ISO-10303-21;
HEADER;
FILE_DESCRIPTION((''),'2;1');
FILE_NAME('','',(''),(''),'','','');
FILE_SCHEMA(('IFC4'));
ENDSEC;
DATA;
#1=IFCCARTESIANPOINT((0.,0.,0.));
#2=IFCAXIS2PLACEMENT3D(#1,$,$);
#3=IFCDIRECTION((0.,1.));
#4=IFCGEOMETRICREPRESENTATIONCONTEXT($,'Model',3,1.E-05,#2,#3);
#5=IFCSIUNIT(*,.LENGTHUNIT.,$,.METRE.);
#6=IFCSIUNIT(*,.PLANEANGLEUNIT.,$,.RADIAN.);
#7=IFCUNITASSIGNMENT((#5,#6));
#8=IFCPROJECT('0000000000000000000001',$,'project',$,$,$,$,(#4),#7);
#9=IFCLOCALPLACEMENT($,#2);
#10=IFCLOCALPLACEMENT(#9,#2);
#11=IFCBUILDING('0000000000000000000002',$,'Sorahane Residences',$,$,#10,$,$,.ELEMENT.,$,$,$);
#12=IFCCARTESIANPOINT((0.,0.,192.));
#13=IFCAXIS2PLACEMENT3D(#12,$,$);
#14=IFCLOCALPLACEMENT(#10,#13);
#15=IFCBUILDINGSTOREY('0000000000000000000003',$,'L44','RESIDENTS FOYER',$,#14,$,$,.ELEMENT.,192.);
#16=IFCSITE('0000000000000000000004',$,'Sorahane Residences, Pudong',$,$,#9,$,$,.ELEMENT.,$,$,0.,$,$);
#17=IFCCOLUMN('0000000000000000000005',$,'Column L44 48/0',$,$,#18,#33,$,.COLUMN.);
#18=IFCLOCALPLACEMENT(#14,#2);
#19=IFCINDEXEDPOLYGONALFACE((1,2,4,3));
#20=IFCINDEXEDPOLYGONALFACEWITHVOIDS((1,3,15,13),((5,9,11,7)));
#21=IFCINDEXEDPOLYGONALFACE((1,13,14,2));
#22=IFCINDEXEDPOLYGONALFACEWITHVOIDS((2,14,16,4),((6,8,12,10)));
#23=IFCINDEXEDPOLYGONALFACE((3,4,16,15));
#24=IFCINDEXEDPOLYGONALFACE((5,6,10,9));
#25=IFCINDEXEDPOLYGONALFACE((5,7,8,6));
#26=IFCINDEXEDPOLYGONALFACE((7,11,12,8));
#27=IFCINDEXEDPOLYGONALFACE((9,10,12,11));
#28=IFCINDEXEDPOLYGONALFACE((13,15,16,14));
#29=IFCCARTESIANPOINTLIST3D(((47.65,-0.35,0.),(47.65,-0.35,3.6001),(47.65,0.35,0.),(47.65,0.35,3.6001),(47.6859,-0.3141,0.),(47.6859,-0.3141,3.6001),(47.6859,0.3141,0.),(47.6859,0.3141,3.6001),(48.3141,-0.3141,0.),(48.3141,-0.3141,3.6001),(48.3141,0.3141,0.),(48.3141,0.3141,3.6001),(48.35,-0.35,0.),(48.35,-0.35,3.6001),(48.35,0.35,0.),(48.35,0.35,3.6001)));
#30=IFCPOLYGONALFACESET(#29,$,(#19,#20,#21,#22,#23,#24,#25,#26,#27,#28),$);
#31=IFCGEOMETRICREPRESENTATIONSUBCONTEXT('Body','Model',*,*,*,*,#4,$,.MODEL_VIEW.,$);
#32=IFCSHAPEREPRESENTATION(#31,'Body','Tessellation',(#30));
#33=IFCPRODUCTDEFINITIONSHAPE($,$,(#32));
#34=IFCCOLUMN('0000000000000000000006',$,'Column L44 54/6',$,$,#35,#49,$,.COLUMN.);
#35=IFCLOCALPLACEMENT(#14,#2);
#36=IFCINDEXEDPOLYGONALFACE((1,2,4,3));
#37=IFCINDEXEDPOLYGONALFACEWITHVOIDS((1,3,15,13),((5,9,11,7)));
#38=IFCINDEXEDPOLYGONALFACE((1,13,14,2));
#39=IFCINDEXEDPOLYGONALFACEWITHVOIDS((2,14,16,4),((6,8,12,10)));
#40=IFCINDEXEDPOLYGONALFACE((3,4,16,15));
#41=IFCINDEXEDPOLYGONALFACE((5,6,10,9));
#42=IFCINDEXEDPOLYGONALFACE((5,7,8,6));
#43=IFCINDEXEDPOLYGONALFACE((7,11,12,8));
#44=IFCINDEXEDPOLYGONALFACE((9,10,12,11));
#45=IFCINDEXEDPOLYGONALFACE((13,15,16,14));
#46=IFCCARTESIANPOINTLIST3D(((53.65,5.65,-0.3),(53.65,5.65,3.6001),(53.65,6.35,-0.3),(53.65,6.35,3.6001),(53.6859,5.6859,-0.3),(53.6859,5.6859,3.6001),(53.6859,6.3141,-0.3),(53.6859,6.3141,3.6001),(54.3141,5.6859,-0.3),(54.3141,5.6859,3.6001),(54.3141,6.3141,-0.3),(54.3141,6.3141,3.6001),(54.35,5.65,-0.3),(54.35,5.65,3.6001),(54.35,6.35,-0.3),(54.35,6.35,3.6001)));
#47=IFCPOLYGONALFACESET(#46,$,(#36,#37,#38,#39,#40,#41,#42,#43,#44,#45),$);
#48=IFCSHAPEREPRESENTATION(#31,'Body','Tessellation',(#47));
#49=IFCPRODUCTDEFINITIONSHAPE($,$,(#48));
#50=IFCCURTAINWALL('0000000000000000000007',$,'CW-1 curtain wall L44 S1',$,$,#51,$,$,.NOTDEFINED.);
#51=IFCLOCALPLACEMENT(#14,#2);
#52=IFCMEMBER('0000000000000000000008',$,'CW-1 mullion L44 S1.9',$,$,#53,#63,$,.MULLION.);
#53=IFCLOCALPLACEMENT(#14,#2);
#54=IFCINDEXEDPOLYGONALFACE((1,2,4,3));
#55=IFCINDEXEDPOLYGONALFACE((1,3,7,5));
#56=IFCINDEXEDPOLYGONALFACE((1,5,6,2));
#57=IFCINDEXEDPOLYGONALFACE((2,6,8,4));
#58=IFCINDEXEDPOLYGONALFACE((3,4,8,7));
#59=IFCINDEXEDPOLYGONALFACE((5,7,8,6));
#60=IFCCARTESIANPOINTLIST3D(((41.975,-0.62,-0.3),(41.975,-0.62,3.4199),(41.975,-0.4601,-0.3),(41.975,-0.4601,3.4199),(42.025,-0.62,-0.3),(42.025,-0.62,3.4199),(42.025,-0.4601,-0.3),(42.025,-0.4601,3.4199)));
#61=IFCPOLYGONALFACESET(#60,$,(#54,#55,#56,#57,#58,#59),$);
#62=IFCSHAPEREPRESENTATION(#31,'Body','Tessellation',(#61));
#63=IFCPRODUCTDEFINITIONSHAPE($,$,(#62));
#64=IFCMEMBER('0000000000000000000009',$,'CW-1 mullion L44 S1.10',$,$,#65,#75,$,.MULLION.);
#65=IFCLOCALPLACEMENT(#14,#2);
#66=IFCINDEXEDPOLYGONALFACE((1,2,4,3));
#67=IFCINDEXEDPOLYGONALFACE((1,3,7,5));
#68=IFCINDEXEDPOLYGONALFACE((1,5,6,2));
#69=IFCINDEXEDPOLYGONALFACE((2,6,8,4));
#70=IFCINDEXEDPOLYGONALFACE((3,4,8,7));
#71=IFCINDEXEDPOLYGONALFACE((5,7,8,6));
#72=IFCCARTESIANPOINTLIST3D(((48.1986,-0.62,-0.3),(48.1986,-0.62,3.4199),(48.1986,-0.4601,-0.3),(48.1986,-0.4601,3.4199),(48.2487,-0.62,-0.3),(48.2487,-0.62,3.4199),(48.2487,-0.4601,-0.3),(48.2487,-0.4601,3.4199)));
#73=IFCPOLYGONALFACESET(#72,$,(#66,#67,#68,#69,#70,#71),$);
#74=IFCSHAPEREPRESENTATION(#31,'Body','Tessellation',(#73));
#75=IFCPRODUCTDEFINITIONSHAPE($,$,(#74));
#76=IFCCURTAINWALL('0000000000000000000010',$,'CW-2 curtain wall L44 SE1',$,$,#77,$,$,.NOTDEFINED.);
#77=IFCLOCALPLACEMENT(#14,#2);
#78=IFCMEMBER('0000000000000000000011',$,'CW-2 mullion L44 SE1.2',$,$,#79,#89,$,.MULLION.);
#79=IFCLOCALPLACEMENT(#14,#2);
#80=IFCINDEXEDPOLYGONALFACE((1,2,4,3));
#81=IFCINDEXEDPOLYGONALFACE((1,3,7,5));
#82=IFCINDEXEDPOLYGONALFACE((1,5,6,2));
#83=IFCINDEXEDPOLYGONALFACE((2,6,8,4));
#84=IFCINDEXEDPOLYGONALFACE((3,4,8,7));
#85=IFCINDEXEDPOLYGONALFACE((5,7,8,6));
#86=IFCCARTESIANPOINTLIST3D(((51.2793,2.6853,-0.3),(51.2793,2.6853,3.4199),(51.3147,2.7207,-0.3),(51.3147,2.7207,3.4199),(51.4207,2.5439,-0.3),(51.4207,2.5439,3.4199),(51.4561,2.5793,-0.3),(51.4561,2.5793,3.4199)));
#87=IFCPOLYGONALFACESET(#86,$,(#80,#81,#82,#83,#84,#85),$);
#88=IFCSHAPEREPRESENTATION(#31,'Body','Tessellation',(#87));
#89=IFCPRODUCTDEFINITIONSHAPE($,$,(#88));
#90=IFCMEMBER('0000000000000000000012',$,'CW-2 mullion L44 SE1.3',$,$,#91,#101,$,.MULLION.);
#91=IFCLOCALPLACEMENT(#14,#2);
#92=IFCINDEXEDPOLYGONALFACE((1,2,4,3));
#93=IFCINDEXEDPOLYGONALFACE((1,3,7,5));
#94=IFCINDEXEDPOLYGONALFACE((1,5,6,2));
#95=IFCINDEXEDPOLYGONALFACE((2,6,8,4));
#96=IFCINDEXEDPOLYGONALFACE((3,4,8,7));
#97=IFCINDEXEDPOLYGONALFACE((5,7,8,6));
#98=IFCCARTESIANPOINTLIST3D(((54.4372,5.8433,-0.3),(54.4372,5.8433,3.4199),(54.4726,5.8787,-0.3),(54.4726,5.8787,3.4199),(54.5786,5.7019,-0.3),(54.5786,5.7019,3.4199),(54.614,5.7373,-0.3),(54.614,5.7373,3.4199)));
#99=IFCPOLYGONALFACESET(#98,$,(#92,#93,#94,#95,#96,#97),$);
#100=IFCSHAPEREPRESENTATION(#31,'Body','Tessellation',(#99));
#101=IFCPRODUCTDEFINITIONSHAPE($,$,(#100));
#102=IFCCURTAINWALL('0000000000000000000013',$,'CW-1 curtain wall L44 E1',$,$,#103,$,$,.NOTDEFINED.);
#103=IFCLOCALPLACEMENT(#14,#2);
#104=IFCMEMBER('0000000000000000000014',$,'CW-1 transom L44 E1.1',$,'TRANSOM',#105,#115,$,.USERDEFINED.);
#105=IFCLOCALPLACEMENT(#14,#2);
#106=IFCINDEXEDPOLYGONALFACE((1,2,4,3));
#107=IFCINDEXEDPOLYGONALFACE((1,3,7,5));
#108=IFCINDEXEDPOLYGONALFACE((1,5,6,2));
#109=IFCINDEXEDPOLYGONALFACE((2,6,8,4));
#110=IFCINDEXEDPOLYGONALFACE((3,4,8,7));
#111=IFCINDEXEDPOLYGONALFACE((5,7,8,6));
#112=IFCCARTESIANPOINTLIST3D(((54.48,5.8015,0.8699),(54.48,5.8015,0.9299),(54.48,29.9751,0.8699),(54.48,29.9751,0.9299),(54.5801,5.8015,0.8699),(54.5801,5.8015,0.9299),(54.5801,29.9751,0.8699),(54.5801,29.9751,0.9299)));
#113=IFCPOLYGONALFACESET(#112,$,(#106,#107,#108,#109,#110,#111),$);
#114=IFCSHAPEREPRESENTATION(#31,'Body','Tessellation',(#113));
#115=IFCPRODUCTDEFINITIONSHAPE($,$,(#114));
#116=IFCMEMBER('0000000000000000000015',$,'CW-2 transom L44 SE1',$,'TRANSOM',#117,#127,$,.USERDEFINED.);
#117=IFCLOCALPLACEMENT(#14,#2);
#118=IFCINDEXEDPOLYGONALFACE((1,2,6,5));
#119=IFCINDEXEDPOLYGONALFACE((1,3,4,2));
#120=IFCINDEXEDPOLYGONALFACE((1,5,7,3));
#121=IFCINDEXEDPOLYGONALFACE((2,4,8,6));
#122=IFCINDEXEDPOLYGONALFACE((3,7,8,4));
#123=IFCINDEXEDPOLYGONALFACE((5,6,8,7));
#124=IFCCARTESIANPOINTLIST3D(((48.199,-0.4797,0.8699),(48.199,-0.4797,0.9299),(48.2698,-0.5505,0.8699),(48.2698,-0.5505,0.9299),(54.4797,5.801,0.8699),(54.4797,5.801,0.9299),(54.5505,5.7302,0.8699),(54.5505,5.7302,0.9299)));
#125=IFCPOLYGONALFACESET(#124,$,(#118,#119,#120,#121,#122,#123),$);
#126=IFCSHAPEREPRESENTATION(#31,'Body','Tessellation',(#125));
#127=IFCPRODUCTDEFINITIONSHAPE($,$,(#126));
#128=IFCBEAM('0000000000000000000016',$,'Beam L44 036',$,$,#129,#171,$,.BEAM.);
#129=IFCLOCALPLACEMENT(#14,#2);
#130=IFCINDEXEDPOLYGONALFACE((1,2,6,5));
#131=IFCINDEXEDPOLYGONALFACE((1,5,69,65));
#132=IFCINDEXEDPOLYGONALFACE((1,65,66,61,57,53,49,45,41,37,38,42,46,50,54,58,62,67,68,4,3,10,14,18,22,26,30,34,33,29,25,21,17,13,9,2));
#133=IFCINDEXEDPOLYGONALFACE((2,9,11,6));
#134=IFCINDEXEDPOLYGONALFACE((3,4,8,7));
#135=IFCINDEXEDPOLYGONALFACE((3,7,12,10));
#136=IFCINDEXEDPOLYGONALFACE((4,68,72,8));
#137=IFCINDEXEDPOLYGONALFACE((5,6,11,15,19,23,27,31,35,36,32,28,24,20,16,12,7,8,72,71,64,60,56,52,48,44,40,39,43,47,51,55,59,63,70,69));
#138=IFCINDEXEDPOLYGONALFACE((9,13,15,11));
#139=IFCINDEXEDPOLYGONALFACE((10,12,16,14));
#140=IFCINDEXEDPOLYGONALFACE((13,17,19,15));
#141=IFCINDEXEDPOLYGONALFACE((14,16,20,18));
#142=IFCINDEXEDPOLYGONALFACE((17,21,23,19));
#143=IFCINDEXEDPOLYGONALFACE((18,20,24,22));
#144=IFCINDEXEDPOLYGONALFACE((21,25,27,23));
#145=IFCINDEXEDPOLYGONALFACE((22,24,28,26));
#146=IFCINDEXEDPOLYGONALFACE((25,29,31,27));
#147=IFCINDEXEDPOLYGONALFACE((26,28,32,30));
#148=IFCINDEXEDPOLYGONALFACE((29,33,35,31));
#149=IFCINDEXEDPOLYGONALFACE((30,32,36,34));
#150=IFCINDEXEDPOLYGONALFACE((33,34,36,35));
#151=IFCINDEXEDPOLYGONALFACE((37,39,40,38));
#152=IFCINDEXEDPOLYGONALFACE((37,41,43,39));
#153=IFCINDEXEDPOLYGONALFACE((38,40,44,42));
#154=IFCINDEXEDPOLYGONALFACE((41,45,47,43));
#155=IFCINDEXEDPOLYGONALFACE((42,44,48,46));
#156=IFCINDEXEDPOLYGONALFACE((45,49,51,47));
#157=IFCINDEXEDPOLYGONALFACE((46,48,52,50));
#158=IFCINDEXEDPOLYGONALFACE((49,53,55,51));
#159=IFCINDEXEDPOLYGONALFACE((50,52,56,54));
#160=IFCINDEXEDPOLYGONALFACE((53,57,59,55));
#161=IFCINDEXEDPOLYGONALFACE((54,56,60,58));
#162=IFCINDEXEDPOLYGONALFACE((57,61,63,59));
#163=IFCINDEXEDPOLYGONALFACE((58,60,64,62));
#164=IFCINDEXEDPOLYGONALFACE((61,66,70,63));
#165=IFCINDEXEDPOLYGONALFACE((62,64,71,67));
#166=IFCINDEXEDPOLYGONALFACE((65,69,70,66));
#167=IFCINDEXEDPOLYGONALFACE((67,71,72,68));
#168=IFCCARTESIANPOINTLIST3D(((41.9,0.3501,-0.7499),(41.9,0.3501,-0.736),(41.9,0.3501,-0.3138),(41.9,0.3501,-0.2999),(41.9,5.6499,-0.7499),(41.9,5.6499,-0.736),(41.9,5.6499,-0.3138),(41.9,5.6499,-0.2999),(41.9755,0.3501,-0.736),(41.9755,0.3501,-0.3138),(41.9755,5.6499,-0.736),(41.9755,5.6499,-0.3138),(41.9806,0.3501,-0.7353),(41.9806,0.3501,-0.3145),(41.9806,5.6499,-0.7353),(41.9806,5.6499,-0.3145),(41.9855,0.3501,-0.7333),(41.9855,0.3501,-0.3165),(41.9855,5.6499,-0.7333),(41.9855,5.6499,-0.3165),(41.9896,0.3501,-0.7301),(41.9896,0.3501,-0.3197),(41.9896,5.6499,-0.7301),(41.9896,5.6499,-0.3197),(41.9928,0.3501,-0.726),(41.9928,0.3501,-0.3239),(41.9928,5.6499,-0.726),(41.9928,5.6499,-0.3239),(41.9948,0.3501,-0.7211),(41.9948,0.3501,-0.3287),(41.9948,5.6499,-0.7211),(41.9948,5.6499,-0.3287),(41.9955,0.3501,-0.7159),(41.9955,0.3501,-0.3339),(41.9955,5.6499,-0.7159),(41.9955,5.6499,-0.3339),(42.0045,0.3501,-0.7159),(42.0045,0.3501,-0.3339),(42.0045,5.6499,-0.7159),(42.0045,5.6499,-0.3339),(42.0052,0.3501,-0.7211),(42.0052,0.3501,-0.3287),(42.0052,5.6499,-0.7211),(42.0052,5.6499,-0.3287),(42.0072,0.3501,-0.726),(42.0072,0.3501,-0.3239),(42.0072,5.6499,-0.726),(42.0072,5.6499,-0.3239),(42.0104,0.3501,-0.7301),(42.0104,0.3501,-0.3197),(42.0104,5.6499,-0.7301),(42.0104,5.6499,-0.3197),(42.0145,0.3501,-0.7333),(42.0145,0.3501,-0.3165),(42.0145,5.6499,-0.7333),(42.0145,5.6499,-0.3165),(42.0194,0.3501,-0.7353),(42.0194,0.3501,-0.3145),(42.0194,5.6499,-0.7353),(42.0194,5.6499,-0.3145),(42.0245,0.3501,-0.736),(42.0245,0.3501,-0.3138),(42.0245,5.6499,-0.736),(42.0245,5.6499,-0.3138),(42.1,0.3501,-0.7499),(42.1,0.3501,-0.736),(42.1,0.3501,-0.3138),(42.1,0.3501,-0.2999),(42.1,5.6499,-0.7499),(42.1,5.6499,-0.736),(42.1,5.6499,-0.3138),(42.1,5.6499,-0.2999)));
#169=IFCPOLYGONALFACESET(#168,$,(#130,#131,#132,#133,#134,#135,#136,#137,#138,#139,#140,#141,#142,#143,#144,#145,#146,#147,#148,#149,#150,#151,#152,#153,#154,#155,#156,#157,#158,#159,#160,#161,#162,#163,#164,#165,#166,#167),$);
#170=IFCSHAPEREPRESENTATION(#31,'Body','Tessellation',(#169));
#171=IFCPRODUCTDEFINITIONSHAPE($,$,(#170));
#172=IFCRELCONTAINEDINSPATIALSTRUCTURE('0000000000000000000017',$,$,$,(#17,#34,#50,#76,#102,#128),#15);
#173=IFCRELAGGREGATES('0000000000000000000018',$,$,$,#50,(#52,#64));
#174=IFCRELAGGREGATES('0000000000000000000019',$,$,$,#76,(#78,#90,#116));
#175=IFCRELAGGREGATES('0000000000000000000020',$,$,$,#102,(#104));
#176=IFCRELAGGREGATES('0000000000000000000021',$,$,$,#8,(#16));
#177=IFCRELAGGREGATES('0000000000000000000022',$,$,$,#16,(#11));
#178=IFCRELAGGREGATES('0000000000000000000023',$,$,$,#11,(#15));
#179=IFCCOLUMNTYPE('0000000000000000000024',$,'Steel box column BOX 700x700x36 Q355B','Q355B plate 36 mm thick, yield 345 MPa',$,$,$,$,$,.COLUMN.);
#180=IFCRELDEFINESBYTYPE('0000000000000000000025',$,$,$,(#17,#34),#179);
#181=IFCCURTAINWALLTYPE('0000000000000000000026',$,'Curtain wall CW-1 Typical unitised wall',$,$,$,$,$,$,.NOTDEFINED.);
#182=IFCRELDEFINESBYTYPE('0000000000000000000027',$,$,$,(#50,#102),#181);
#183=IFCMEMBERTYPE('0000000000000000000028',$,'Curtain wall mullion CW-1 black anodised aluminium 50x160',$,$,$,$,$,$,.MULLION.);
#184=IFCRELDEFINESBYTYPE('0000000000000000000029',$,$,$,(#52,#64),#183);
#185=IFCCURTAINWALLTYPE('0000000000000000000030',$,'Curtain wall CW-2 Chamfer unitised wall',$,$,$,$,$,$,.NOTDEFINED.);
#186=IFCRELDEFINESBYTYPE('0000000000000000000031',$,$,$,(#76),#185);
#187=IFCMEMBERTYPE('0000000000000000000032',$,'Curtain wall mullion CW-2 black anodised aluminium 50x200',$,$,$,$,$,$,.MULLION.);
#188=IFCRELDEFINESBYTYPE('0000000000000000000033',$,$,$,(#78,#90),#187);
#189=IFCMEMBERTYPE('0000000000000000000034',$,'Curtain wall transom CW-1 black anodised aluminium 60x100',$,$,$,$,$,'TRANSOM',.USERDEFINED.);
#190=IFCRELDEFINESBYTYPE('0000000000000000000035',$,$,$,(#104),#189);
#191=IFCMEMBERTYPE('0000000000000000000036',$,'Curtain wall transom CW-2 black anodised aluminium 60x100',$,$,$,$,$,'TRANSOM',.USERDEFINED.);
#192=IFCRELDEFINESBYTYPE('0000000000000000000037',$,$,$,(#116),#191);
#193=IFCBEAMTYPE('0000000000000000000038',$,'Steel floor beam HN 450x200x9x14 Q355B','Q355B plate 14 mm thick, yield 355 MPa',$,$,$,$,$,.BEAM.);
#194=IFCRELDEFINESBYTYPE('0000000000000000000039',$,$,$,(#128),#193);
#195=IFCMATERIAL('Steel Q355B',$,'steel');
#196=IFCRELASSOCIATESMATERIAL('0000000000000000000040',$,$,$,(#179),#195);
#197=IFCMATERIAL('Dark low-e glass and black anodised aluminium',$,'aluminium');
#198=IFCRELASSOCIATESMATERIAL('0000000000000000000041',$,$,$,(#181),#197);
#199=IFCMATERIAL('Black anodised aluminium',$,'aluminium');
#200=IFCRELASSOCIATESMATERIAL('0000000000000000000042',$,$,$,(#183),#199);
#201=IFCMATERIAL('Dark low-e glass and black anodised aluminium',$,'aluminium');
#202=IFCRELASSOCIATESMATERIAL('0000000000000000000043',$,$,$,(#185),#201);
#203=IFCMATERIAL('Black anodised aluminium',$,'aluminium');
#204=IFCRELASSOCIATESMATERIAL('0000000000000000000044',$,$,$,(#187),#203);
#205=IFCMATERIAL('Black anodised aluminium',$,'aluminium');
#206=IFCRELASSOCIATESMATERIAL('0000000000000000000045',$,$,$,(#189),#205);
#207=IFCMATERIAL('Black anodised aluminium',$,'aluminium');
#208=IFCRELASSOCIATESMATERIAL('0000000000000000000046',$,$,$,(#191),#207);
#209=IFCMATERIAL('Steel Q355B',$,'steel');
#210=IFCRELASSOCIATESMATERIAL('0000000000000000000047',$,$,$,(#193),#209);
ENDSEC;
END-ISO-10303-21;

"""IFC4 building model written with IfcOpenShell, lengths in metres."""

from ifc_helpers import new_model, si_unit, direction, frame, origin, origin_2d, place, context, subcontext, project, spatial, rectangle, hollow_rectangle, i_section, extrude, material, material_profile, profile_set, type_object, element, aggregate, save


model = new_model("IFC4")

# Units and contexts
model_context = context("Model", 3, precision=1e-05, world=origin(), true_north=direction((0.0, 1.0)))
body_context = subcontext(model_context, "Body", "Model", "MODEL_VIEW")
ifc_project = project(units=[si_unit("LENGTHUNIT", "METRE"), si_unit("PLANEANGLEUNIT", "RADIAN")], contexts=[model_context])

# Site, building, storey
site_placement = place(None, origin())
site = spatial("IfcSite", under=ifc_project, at=site_placement, Name="Sorahane Residences, Pudong", CompositionType="ELEMENT", RefElevation=0.0)
building_placement = place(site_placement, origin())
building = spatial("IfcBuilding", under=site, at=building_placement, Name="Sorahane Residences", CompositionType="ELEMENT")
storey_placement = place(building_placement, frame((0.0, 0.0, 192.0)))
storey = spatial("IfcBuildingStorey", under=building, at=storey_placement, Name="L44", Description="RESIDENTS FOYER", CompositionType="ELEMENT", Elevation=192.0)

# Columns
ifc_material_1 = material(Name="Steel Q355B", Category="steel")
ifc_material_profile_1 = material_profile(ifc_material_1, hollow_rectangle(XDim=0.7, YDim=0.7, WallThickness=0.0359, at=origin_2d()), Name="BOX 700x700x36")
ifc_profile_set_1 = profile_set([ifc_material_profile_1], Name="Steel Q355B")
column_type = type_object("IfcColumnType", Name="Steel box column BOX 700x700x36 Q355B", Description="Q355B plate 36 mm thick, yield 345 MPa", PredefinedType="COLUMN", material=ifc_profile_set_1)
column_1_placement = place(storey_placement, frame((48.0, 0.0, 0.0), z_axis=(0.0, 0.0, 1.0), x_axis=(1.0, 0.0, 0.0)))
element("IfcColumn", 1, at=column_1_placement, inside=storey, type_object=column_type, Name="Column L44 48/0", PredefinedType="COLUMN", context=body_context, shape_type="SweptSolid", body=[
    extrude(hollow_rectangle(XDim=0.7, YDim=0.7, WallThickness=0.0359, at=origin_2d()), origin(), (0.0, 0.0, 1.0), 3.6001),
])
column_2_placement = place(storey_placement, frame((54.0, 6.0, -0.3), z_axis=(0.0, 0.0, 1.0), x_axis=(1.0, 0.0, 0.0)))
element("IfcColumn", 2, at=column_2_placement, inside=storey, type_object=column_type, Name="Column L44 54/6", PredefinedType="COLUMN", context=body_context, shape_type="SweptSolid", body=[
    extrude(hollow_rectangle(XDim=0.7, YDim=0.7, WallThickness=0.0359, at=origin_2d()), origin(), (0.0, 0.0, 1.0), 3.9001),
])

# Curtain walls, members
ifc_material_2 = material(Name="Dark low-e glass and black anodised aluminium", Category="aluminium")
curtain_wall_type_1 = type_object("IfcCurtainWallType", Name="Curtain wall CW-1 Typical unitised wall", PredefinedType="NOTDEFINED", material=ifc_material_2)
curtain_wall_1_placement = place(storey_placement, origin())
curtain_wall_1 = element("IfcCurtainWall", 3, at=curtain_wall_1_placement, inside=storey, type_object=curtain_wall_type_1, Name="CW-1 curtain wall L44 S1", PredefinedType="NOTDEFINED")
ifc_material_3 = material(Name="Black anodised aluminium", Category="aluminium")
ifc_material_profile_2 = material_profile(ifc_material_3, rectangle(XDim=0.1599, YDim=0.05, at=origin_2d()), Name="Curtain wall mullion CW-1 black anodised aluminium 50x160")
ifc_profile_set_2 = profile_set([ifc_material_profile_2], Name="Black anodised aluminium")
member_type_1 = type_object("IfcMemberType", Name="Curtain wall mullion CW-1 black anodised aluminium 50x160", PredefinedType="MULLION", material=ifc_profile_set_2)
member_1_placement = place(storey_placement, frame((42.0, -0.54, -0.3), z_axis=(0.0, 0.0, 1.0), x_axis=(0.0, -1.0, 0.0)))
member_1 = element("IfcMember", 4, at=member_1_placement, type_object=member_type_1, Name="CW-1 mullion L44 S1.9", PredefinedType="MULLION", context=body_context, shape_type="SweptSolid", body=[
    extrude(rectangle(XDim=0.1599, YDim=0.05, at=origin_2d()), origin(), (0.0, 0.0, 1.0), 3.72),
])
member_2_placement = place(storey_placement, frame((48.2236, -0.54, -0.3), z_axis=(0.0, 0.0, 1.0), x_axis=(0.0, -1.0, 0.0)))
member_2 = element("IfcMember", 5, at=member_2_placement, type_object=member_type_1, Name="CW-1 mullion L44 S1.10", PredefinedType="MULLION", context=body_context, shape_type="SweptSolid", body=[
    extrude(rectangle(XDim=0.1599, YDim=0.05, at=origin_2d()), origin(), (0.0, 0.0, 1.0), 3.72),
])
ifc_material_4 = material(Name="Dark low-e glass and black anodised aluminium", Category="aluminium")
curtain_wall_type_2 = type_object("IfcCurtainWallType", Name="Curtain wall CW-2 Chamfer unitised wall", PredefinedType="NOTDEFINED", material=ifc_material_4)
curtain_wall_2_placement = place(storey_placement, origin())
curtain_wall_2 = element("IfcCurtainWall", 6, at=curtain_wall_2_placement, inside=storey, type_object=curtain_wall_type_2, Name="CW-2 curtain wall L44 SE1", PredefinedType="NOTDEFINED")
ifc_material_5 = material(Name="Black anodised aluminium", Category="aluminium")
ifc_material_profile_3 = material_profile(ifc_material_5, rectangle(XDim=0.2, YDim=0.05, at=origin_2d()), Name="Curtain wall mullion CW-2 black anodised aluminium 50x200")
ifc_profile_set_3 = profile_set([ifc_material_profile_3], Name="Black anodised aluminium")
member_type_2 = type_object("IfcMemberType", Name="Curtain wall mullion CW-2 black anodised aluminium 50x200", PredefinedType="MULLION", material=ifc_profile_set_3)
member_3_placement = place(storey_placement, frame((51.3677, 2.6323, -0.3), z_axis=(0.0, 0.0, 1.0), x_axis=(0.707107, -0.707107, 0.0)))
member_3 = element("IfcMember", 7, at=member_3_placement, type_object=member_type_2, Name="CW-2 mullion L44 SE1.2", PredefinedType="MULLION", context=body_context, shape_type="SweptSolid", body=[
    extrude(rectangle(XDim=0.2, YDim=0.05, at=origin_2d()), origin(), (0.0, 0.0, 1.0), 3.72),
])
member_4_placement = place(storey_placement, frame((54.5256, 5.7903, -0.3), z_axis=(0.0, 0.0, 1.0), x_axis=(0.707107, -0.707107, 0.0)))
member_4 = element("IfcMember", 8, at=member_4_placement, type_object=member_type_2, Name="CW-2 mullion L44 SE1.3", PredefinedType="MULLION", context=body_context, shape_type="SweptSolid", body=[
    extrude(rectangle(XDim=0.2, YDim=0.05, at=origin_2d()), origin(), (0.0, 0.0, 1.0), 3.72),
])

# Curtain wall, member
curtain_wall_3_placement = place(storey_placement, origin())
curtain_wall_3 = element("IfcCurtainWall", 9, at=curtain_wall_3_placement, inside=storey, type_object=curtain_wall_type_1, Name="CW-1 curtain wall L44 E1", PredefinedType="NOTDEFINED")
ifc_material_6 = material(Name="Black anodised aluminium", Category="aluminium")
ifc_material_profile_4 = material_profile(ifc_material_6, rectangle(XDim=0.1001, YDim=0.0601, at=origin_2d()), Name="Curtain wall transom CW-1 black anodised aluminium 60x100")
ifc_profile_set_4 = profile_set([ifc_material_profile_4], Name="Black anodised aluminium")
member_type_3 = type_object("IfcMemberType", Name="Curtain wall transom CW-1 black anodised aluminium 60x100", ElementType="TRANSOM", PredefinedType="USERDEFINED", material=ifc_profile_set_4)
member_5_placement = place(storey_placement, frame((54.53, 5.8015, 0.8999), z_axis=(0.0, 1.0, 0.0), x_axis=(-1.0, 0.0, 0.0)))
member_5 = element("IfcMember", 10, at=member_5_placement, type_object=member_type_3, Name="CW-1 transom L44 E1.1", ObjectType="TRANSOM", PredefinedType="USERDEFINED", context=body_context, shape_type="SweptSolid", body=[
    extrude(rectangle(XDim=0.1001, YDim=0.0601, at=origin_2d()), origin(), (0.0, 0.0, 1.0), 24.1736),
])

# Member
ifc_material_7 = material(Name="Black anodised aluminium", Category="aluminium")
ifc_material_profile_5 = material_profile(ifc_material_7, rectangle(XDim=0.1001, YDim=0.0601, at=origin_2d()), Name="Curtain wall transom CW-2 black anodised aluminium 60x100")
ifc_profile_set_5 = profile_set([ifc_material_profile_5], Name="Black anodised aluminium")
member_type_4 = type_object("IfcMemberType", Name="Curtain wall transom CW-2 black anodised aluminium 60x100", ElementType="TRANSOM", PredefinedType="USERDEFINED", material=ifc_profile_set_5)
member_6_placement = place(storey_placement, frame((48.2344, -0.5151, 0.8999), z_axis=(0.707107, 0.707107, 0.0), x_axis=(-0.707107, 0.707107, 0.0)))
member_6 = element("IfcMember", 11, at=member_6_placement, type_object=member_type_4, Name="CW-2 transom L44 SE1", ObjectType="TRANSOM", PredefinedType="USERDEFINED", context=body_context, shape_type="SweptSolid", body=[
    extrude(rectangle(XDim=0.1001, YDim=0.0601, at=origin_2d()), origin(), (0.0, 0.0, 1.0), 8.8823),
])

# Beam
ifc_material_8 = material(Name="Steel Q355B", Category="steel")
ifc_material_profile_6 = material_profile(ifc_material_8, i_section(OverallWidth=0.2, OverallDepth=0.45, WebThickness=0.009, FlangeThickness=0.0139, FilletRadius=0.02, at=origin_2d()), Name="HN 450x200x9x14")
ifc_profile_set_6 = profile_set([ifc_material_profile_6], Name="Steel Q355B")
beam_type = type_object("IfcBeamType", Name="Steel floor beam HN 450x200x9x14 Q355B", Description="Q355B plate 14 mm thick, yield 355 MPa", PredefinedType="BEAM", material=ifc_profile_set_6)
for number, where, z_axis, x_axis, name in (
    (12, (42.0, 0.3501, -0.5249), (0.0, 1.0, 0.0), (-1.0, 0.0, 0.0), "Beam L44 036"),
):
    element("IfcBeam", number, at=place(storey_placement, frame(where, z_axis=z_axis, x_axis=x_axis)), inside=storey, type_object=beam_type, Name=name, PredefinedType="BEAM", context=body_context, shape_type="SweptSolid", body=[
        extrude(i_section(OverallWidth=0.2, OverallDepth=0.45, WebThickness=0.009, FlangeThickness=0.0139, FilletRadius=0.02, at=origin_2d()), origin(), (0.0, 0.0, 1.0), 5.2998),
    ])

aggregate(curtain_wall_1, [member_1, member_2])
aggregate(curtain_wall_2, [member_3, member_4, member_6])
aggregate(curtain_wall_3, [member_5])

save(model, "model.ifc")
